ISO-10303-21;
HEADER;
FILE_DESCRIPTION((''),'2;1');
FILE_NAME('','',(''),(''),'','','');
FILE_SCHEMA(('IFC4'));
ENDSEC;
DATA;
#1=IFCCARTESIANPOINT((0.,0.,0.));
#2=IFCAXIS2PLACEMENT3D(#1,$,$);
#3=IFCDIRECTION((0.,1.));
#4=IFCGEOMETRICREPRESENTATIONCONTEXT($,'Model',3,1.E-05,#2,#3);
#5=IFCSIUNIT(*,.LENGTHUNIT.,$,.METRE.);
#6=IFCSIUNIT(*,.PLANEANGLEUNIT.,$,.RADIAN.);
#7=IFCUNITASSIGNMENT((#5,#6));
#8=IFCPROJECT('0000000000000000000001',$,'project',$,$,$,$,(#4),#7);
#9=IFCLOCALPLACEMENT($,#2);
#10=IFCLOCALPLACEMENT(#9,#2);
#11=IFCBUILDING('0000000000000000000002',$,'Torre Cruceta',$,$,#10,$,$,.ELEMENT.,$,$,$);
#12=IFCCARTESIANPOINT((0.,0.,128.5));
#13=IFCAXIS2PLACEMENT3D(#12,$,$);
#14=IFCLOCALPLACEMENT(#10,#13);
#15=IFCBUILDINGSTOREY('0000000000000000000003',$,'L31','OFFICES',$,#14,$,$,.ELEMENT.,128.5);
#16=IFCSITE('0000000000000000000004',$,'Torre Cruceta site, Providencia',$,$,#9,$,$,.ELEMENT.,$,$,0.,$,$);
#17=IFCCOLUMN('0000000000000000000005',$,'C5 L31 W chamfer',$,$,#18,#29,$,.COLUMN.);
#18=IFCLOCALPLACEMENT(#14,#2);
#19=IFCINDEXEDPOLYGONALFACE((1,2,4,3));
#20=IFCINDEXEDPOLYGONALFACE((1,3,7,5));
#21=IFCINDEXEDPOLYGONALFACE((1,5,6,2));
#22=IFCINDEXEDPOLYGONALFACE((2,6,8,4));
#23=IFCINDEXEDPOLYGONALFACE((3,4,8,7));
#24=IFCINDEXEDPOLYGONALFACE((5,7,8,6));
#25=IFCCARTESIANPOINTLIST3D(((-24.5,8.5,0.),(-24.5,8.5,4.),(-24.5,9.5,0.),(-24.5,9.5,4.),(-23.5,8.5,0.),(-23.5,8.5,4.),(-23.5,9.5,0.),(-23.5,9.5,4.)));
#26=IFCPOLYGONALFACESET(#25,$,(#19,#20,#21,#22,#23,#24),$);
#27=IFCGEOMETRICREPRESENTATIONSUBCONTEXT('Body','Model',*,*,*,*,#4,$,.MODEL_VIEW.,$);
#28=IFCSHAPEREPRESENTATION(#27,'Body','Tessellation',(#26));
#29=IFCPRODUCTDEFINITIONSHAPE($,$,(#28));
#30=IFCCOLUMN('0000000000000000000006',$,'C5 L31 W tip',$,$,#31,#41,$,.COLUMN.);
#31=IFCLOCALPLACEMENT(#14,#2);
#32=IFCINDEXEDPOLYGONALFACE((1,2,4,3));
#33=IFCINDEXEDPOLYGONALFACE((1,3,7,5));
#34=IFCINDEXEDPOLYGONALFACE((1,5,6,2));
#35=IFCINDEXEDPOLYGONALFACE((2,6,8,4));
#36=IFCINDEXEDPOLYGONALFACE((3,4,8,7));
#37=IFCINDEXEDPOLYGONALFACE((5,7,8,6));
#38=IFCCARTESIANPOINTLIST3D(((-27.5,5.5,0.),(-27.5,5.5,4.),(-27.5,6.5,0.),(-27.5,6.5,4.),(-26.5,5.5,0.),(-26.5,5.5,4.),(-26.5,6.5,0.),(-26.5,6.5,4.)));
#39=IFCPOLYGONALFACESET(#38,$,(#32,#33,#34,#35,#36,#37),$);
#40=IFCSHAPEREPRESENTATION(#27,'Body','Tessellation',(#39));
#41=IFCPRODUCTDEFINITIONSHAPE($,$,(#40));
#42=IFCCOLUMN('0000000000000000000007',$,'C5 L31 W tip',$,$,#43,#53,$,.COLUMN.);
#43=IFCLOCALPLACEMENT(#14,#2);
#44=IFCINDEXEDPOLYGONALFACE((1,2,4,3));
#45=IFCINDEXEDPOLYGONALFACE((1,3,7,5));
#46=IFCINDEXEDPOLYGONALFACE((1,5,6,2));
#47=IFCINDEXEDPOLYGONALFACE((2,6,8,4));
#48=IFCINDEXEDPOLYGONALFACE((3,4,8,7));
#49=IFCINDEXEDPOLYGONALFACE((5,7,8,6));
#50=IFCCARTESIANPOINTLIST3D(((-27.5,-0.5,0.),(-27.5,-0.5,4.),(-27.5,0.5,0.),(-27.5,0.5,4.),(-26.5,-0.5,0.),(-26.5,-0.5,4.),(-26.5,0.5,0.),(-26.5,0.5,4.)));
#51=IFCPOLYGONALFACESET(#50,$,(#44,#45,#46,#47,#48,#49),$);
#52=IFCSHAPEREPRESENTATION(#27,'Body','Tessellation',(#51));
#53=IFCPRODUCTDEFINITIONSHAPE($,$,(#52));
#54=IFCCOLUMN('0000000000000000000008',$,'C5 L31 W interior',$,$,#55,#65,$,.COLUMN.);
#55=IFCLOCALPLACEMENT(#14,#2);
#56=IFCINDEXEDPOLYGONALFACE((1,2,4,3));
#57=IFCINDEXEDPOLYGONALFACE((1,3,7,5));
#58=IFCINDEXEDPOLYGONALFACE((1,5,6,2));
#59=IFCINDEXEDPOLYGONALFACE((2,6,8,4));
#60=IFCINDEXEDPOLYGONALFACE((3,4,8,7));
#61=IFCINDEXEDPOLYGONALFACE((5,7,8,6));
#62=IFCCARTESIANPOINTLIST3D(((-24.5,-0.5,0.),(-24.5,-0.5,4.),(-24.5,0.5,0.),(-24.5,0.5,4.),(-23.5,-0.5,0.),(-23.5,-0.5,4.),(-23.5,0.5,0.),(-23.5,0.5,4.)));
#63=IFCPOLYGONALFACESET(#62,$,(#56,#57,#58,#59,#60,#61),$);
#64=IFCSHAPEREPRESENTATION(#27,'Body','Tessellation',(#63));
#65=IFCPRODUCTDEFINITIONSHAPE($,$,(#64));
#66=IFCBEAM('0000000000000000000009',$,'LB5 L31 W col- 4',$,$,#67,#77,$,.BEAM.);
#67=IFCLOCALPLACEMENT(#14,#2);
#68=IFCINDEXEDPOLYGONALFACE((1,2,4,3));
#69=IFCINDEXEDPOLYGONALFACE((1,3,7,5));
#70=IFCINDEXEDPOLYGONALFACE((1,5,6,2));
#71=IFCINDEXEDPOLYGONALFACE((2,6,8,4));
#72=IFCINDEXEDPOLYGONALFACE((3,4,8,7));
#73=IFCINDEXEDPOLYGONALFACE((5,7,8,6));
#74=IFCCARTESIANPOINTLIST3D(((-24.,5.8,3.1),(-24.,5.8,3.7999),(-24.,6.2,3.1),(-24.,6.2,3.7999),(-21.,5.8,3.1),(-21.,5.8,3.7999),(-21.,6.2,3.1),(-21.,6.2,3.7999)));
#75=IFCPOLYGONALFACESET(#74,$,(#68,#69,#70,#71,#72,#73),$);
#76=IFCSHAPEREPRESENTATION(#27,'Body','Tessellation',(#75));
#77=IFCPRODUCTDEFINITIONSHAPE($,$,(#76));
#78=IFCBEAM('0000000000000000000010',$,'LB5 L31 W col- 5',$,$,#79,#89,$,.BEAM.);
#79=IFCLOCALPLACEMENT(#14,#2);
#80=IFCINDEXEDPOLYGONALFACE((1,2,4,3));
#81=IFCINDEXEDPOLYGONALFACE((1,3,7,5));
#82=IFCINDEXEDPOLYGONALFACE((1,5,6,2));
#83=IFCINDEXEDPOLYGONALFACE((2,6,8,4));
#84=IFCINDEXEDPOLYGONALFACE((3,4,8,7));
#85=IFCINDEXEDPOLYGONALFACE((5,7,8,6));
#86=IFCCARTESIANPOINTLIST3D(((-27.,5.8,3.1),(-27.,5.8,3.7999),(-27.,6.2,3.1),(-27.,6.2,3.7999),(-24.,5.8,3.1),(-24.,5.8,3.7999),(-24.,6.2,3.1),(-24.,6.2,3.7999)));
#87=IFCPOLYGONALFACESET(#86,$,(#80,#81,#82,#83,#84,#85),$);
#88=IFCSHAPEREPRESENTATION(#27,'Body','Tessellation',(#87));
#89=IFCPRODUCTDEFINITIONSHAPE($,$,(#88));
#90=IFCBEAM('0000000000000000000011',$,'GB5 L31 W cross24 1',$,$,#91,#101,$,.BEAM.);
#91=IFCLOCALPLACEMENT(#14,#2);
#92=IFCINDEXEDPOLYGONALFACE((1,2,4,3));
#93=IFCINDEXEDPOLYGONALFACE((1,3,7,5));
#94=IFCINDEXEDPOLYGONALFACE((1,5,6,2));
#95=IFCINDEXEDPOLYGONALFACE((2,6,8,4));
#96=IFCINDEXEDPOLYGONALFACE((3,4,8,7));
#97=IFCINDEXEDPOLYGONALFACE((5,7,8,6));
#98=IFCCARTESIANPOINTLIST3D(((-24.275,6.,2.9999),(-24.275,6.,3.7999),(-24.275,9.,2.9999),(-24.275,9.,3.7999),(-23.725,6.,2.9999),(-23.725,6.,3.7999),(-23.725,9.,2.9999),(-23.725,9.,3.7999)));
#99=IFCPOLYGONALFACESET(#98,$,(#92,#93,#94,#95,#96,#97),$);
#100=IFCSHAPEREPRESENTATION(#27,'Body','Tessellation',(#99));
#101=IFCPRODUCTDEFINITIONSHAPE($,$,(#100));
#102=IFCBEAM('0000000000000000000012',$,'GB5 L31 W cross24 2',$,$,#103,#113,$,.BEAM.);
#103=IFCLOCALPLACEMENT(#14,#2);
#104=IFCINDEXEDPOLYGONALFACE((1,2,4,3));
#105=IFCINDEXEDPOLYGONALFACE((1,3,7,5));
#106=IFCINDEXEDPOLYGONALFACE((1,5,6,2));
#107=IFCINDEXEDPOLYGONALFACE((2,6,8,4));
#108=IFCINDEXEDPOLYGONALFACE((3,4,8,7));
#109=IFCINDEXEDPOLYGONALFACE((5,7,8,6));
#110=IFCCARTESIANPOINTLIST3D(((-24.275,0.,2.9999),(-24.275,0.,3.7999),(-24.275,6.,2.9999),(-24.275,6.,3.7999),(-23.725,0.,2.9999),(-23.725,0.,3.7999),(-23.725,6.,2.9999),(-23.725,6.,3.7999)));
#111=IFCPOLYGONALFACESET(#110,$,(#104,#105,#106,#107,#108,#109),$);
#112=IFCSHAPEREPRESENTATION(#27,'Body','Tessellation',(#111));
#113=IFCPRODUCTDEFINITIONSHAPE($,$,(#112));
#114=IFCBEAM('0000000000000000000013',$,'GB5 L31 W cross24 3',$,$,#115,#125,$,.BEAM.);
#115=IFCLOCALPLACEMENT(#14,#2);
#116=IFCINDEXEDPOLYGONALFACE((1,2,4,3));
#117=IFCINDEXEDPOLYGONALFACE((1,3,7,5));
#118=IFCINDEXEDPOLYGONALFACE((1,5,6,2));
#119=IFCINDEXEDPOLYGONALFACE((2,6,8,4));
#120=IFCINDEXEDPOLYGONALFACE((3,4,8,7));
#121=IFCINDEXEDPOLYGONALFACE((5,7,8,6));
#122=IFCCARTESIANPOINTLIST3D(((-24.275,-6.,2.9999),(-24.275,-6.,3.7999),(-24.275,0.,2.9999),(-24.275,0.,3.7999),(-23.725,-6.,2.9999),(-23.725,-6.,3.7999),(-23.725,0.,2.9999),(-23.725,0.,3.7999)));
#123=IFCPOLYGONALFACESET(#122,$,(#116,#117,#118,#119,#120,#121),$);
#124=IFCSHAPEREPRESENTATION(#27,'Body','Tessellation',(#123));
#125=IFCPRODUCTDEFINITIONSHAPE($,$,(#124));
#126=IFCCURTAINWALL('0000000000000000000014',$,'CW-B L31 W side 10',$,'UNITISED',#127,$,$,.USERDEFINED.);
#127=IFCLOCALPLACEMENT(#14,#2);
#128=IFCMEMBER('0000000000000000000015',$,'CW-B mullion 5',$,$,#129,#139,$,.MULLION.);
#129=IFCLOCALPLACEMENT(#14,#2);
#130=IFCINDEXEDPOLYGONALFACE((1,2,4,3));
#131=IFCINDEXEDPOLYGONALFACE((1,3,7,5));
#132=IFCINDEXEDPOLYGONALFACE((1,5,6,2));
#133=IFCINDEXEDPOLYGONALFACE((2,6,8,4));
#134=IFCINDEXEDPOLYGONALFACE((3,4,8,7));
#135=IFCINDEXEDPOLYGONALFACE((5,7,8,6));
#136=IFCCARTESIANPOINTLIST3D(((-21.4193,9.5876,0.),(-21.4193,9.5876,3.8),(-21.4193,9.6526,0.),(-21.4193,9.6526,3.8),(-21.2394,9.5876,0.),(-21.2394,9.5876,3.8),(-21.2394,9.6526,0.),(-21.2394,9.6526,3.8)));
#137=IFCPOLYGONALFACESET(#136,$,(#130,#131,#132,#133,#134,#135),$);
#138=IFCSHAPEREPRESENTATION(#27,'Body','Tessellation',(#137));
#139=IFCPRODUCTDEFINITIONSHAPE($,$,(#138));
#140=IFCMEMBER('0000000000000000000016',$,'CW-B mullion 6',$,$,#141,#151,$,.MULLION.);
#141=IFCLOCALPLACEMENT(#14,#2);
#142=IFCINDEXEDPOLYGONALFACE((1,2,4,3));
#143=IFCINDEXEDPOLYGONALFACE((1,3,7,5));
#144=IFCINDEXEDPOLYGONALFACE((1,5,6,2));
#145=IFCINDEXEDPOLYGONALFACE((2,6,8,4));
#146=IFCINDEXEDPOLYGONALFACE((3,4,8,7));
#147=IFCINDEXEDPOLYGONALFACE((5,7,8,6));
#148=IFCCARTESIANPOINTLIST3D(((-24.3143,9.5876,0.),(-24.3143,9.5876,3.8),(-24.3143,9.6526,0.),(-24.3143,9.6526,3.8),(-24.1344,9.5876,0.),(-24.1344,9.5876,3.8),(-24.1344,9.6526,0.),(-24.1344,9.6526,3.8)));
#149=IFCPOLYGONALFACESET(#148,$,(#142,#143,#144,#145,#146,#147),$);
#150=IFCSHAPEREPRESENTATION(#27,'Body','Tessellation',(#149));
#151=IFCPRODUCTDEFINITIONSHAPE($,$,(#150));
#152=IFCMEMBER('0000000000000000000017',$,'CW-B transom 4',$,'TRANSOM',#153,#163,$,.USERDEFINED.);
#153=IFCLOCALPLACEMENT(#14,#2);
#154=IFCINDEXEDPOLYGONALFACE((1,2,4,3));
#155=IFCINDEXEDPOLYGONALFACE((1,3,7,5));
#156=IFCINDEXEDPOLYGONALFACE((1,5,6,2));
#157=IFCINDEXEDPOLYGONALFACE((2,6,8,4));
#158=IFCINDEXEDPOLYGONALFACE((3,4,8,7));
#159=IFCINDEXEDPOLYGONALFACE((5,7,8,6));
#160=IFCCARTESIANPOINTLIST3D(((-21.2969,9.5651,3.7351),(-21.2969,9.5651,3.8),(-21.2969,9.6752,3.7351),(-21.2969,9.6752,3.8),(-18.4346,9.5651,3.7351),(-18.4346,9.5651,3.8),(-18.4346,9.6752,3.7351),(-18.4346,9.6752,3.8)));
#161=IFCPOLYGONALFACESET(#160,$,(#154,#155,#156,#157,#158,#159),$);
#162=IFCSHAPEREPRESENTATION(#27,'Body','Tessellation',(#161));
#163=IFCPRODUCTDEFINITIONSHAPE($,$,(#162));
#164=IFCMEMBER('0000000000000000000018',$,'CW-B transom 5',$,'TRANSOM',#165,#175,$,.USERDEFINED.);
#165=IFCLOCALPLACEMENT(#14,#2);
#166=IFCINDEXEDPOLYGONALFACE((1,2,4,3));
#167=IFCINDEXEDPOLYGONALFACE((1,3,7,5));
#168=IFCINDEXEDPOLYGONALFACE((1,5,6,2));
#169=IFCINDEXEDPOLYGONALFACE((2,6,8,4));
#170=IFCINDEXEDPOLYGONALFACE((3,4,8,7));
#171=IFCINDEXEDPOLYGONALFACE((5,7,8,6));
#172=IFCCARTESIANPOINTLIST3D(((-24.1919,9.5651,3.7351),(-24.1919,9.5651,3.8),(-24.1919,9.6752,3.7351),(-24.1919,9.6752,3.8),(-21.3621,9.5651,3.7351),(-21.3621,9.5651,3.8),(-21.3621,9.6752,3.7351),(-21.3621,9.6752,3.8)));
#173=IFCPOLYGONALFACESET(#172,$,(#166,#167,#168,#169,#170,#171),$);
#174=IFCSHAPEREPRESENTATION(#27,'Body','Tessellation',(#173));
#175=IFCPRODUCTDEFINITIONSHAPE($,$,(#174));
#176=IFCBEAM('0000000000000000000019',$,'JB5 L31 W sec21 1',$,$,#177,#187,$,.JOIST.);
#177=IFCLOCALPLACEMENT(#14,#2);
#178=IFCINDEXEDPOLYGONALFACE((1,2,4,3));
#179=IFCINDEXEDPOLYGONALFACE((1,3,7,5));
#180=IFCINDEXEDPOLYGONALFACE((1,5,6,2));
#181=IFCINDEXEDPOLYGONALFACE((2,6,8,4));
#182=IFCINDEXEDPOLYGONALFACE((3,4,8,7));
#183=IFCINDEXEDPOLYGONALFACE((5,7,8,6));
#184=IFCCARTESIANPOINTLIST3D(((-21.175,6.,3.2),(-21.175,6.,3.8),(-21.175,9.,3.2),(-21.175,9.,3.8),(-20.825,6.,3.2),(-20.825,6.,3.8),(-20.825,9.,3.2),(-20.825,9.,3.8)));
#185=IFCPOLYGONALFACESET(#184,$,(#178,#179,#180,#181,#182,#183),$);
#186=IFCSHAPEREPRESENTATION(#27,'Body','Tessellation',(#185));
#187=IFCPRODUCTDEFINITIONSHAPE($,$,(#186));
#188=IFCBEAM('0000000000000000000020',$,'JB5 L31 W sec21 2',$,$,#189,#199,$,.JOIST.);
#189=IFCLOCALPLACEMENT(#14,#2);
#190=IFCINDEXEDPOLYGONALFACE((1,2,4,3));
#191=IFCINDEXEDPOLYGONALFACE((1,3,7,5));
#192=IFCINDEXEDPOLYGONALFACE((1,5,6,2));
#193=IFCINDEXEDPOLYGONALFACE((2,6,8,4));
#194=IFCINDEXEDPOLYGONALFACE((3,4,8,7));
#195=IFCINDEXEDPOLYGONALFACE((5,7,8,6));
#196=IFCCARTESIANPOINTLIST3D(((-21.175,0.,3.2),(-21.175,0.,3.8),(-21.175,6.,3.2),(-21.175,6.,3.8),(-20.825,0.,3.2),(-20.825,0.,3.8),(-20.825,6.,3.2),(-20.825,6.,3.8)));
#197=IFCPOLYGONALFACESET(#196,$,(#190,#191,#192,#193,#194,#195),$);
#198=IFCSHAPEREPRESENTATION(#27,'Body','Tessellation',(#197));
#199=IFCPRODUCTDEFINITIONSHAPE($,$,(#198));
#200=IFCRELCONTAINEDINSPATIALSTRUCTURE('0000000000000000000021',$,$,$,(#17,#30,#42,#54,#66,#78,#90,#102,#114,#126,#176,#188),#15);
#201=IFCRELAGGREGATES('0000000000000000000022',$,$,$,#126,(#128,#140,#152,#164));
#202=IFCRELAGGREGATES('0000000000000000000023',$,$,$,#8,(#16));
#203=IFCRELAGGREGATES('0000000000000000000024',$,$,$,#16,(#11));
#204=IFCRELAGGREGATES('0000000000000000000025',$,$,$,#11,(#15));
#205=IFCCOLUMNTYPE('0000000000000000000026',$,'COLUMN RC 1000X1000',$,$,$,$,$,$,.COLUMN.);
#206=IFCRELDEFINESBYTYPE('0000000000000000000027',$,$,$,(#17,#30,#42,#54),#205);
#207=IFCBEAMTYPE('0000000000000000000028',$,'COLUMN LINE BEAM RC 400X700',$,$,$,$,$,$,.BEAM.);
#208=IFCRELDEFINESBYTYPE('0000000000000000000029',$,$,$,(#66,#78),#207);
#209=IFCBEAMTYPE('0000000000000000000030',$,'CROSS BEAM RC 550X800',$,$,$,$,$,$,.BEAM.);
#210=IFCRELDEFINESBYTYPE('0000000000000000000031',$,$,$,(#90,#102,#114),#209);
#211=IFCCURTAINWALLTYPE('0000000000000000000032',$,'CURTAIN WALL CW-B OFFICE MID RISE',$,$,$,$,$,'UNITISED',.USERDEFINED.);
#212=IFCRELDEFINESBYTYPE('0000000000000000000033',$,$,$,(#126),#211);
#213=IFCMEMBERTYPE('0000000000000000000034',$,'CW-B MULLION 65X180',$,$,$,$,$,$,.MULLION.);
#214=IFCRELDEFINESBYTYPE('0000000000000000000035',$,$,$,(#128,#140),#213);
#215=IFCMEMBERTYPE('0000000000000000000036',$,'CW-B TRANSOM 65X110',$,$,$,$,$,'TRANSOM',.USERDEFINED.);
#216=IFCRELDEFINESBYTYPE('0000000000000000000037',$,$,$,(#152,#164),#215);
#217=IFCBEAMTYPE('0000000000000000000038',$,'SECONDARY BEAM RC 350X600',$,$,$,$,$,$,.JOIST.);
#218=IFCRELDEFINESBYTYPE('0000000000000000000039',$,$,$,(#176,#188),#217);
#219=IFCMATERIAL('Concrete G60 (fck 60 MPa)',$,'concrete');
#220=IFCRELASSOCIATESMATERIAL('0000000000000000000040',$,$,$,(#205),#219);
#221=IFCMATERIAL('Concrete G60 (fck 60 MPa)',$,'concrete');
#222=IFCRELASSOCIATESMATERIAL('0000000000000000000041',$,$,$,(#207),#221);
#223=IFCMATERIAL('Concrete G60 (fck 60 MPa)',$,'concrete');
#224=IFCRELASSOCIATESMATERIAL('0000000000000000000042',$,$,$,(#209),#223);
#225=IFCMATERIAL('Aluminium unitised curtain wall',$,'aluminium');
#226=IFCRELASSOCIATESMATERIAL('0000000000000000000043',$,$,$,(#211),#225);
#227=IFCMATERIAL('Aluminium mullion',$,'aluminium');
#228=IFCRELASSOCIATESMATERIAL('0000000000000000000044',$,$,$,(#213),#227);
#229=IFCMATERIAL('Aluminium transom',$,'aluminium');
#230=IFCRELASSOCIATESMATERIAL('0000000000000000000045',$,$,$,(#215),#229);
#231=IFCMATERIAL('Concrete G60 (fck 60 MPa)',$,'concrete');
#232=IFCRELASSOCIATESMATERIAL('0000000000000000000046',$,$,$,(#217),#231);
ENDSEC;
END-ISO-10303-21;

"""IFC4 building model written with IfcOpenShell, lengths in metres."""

from ifc_helpers import new_model, si_unit, direction, frame, origin, origin_2d, place, context, subcontext, project, spatial, rectangle, extrude, material, material_profile, profile_set, type_object, element, aggregate, save


model = new_model("IFC4")

# Units and contexts
model_context = context("Model", 3, precision=1e-05, world=origin(), true_north=direction((0.0, 1.0)))
body_context = subcontext(model_context, "Body", "Model", "MODEL_VIEW")
ifc_project = project(units=[si_unit("LENGTHUNIT", "METRE"), si_unit("PLANEANGLEUNIT", "RADIAN")], contexts=[model_context])

# Site, building, storey
site_placement = place(None, origin())
site = spatial("IfcSite", under=ifc_project, at=site_placement, Name="Torre Cruceta site, Providencia", CompositionType="ELEMENT", RefElevation=0.0)
building_placement = place(site_placement, origin())
building = spatial("IfcBuilding", under=site, at=building_placement, Name="Torre Cruceta", CompositionType="ELEMENT")
storey_placement = place(building_placement, frame((0.0, 0.0, 128.5)))
storey = spatial("IfcBuildingStorey", under=building, at=storey_placement, Name="L31", Description="OFFICES", CompositionType="ELEMENT", Elevation=128.5)

# Columns
ifc_material_1 = material(Name="Concrete G60 (fck 60 MPa)", Category="concrete")
ifc_material_profile_1 = material_profile(ifc_material_1, rectangle(XDim=1.0, YDim=1.0, at=origin_2d()), Name="RC 1000X1000")
ifc_profile_set_1 = profile_set([ifc_material_profile_1], Name="Concrete G60 (fck 60 MPa)")
column_type = type_object("IfcColumnType", Name="COLUMN RC 1000X1000", PredefinedType="COLUMN", material=ifc_profile_set_1)
for number, where, z_axis, x_axis, name in (
    (1, (-24.0, 9.0, 0.0), (0.0, 0.0, 1.0), (1.0, 0.0, 0.0), "C5 L31 W chamfer"),
    (2, (-27.0, 6.0, 0.0), (0.0, 0.0, 1.0), (1.0, 0.0, 0.0), "C5 L31 W tip"),
    (3, (-27.0, 0.0, 0.0), (0.0, 0.0, 1.0), (1.0, 0.0, 0.0), "C5 L31 W tip"),
    (4, (-24.0, 0.0, 0.0), (0.0, 0.0, 1.0), (1.0, 0.0, 0.0), "C5 L31 W interior"),
):
    element("IfcColumn", number, at=place(storey_placement, frame(where, z_axis=z_axis, x_axis=x_axis)), inside=storey, type_object=column_type, Name=name, PredefinedType="COLUMN", context=body_context, shape_type="SweptSolid", body=[
        extrude(rectangle(XDim=1.0, YDim=1.0, at=origin_2d()), origin(), (0.0, 0.0, 1.0), 4.0),
    ])

# Beams
ifc_material_2 = material(Name="Concrete G60 (fck 60 MPa)", Category="concrete")
ifc_material_profile_2 = material_profile(ifc_material_2, rectangle(XDim=0.3999, YDim=0.7, at=origin_2d()), Name="RC 400X700")
ifc_profile_set_2 = profile_set([ifc_material_profile_2], Name="Concrete G60 (fck 60 MPa)")
beam_type_1 = type_object("IfcBeamType", Name="COLUMN LINE BEAM RC 400X700", PredefinedType="BEAM", material=ifc_profile_set_2)
for number, where, z_axis, x_axis, name in (
    (5, (-21.0, 6.0, 3.45), (-1.0, 0.0, 0.0), (0.0, -1.0, 0.0), "LB5 L31 W col- 4"),
    (6, (-24.0, 6.0, 3.45), (-1.0, 0.0, 0.0), (0.0, -1.0, 0.0), "LB5 L31 W col- 5"),
):
    element("IfcBeam", number, at=place(storey_placement, frame(where, z_axis=z_axis, x_axis=x_axis)), inside=storey, type_object=beam_type_1, Name=name, PredefinedType="BEAM", context=body_context, shape_type="SweptSolid", body=[
        extrude(rectangle(XDim=0.3999, YDim=0.7, at=origin_2d()), origin(), (0.0, 0.0, 1.0), 3.0),
    ])
ifc_material_3 = material(Name="Concrete G60 (fck 60 MPa)", Category="concrete")
ifc_material_profile_3 = material_profile(ifc_material_3, rectangle(XDim=0.55, YDim=0.8, at=origin_2d()), Name="RC 550X800")
ifc_profile_set_3 = profile_set([ifc_material_profile_3], Name="Concrete G60 (fck 60 MPa)")
beam_type_2 = type_object("IfcBeamType", Name="CROSS BEAM RC 550X800", PredefinedType="BEAM", material=ifc_profile_set_3)
beam_1_placement = place(storey_placement, frame((-24.0, 9.0, 3.3999), z_axis=(0.0, -1.0, 0.0), x_axis=(1.0, 0.0, 0.0)))
element("IfcBeam", 7, at=beam_1_placement, inside=storey, type_object=beam_type_2, Name="GB5 L31 W cross24 1", PredefinedType="BEAM", context=body_context, shape_type="SweptSolid", body=[
    extrude(rectangle(XDim=0.55, YDim=0.8, at=origin_2d()), origin(), (0.0, 0.0, 1.0), 3.0),
])
for number, where, z_axis, x_axis, name in (
    (8, (-24.0, 6.0, 3.3999), (0.0, -1.0, 0.0), (1.0, 0.0, 0.0), "GB5 L31 W cross24 2"),
    (9, (-24.0, 0.0, 3.3999), (0.0, -1.0, 0.0), (1.0, 0.0, 0.0), "GB5 L31 W cross24 3"),
):
    element("IfcBeam", number, at=place(storey_placement, frame(where, z_axis=z_axis, x_axis=x_axis)), inside=storey, type_object=beam_type_2, Name=name, PredefinedType="BEAM", context=body_context, shape_type="SweptSolid", body=[
        extrude(rectangle(XDim=0.55, YDim=0.8, at=origin_2d()), origin(), (0.0, 0.0, 1.0), 6.0),
    ])

# Curtain wall, members
ifc_material_4 = material(Name="Aluminium unitised curtain wall", Category="aluminium")
curtain_wall_type = type_object("IfcCurtainWallType", Name="CURTAIN WALL CW-B OFFICE MID RISE", ElementType="UNITISED", PredefinedType="USERDEFINED", material=ifc_material_4)
curtain_wall_placement = place(storey_placement, origin())
curtain_wall = element("IfcCurtainWall", 10, at=curtain_wall_placement, inside=storey, type_object=curtain_wall_type, Name="CW-B L31 W side 10", ObjectType="UNITISED", PredefinedType="USERDEFINED")
ifc_material_5 = material(Name="Aluminium mullion", Category="aluminium")
ifc_material_profile_4 = material_profile(ifc_material_5, rectangle(XDim=0.0649, YDim=0.1799, at=origin_2d()), Name="AL 65X180")
ifc_profile_set_4 = profile_set([ifc_material_profile_4], Name="Aluminium mullion")
member_type_1 = type_object("IfcMemberType", Name="CW-B MULLION 65X180", PredefinedType="MULLION", material=ifc_profile_set_4)
member_1_placement = place(storey_placement, frame((-21.3293, 9.6201, 0.0), z_axis=(0.0, 0.0, 1.0), x_axis=(0.0, -1.0, 0.0)))
member_1 = element("IfcMember", 11, at=member_1_placement, type_object=member_type_1, Name="CW-B mullion 5", PredefinedType="MULLION", context=body_context, shape_type="SweptSolid", body=[
    extrude(rectangle(XDim=0.0649, YDim=0.1799, at=origin_2d()), origin(), (0.0, 0.0, 1.0), 3.8),
])
member_2_placement = place(storey_placement, frame((-24.2244, 9.6201, 0.0), z_axis=(0.0, 0.0, 1.0), x_axis=(0.0, -1.0, 0.0)))
member_2 = element("IfcMember", 12, at=member_2_placement, type_object=member_type_1, Name="CW-B mullion 6", PredefinedType="MULLION", context=body_context, shape_type="SweptSolid", body=[
    extrude(rectangle(XDim=0.0649, YDim=0.1799, at=origin_2d()), origin(), (0.0, 0.0, 1.0), 3.8),
])
ifc_material_6 = material(Name="Aluminium transom", Category="aluminium")
ifc_material_profile_5 = material_profile(ifc_material_6, rectangle(XDim=0.1101, YDim=0.0649, at=origin_2d()), Name="AL 110X65")
ifc_profile_set_5 = profile_set([ifc_material_profile_5], Name="Aluminium transom")
member_type_2 = type_object("IfcMemberType", Name="CW-B TRANSOM 65X110", ElementType="TRANSOM", PredefinedType="USERDEFINED", material=ifc_profile_set_5)
member_3_placement = place(storey_placement, frame((-18.4346, 9.6201, 3.7676), z_axis=(-1.0, 0.0, 0.0), x_axis=(0.0, -1.0, 0.0)))
member_3 = element("IfcMember", 13, at=member_3_placement, type_object=member_type_2, Name="CW-B transom 4", ObjectType="TRANSOM", PredefinedType="USERDEFINED", context=body_context, shape_type="SweptSolid", body=[
    extrude(rectangle(XDim=0.1101, YDim=0.0649, at=origin_2d()), origin(), (0.0, 0.0, 1.0), 2.8623),
])
member_4_placement = place(storey_placement, frame((-21.3621, 9.6201, 3.7676), z_axis=(-1.0, 0.0, 0.0), x_axis=(0.0, -1.0, 0.0)))
member_4 = element("IfcMember", 14, at=member_4_placement, type_object=member_type_2, Name="CW-B transom 5", ObjectType="TRANSOM", PredefinedType="USERDEFINED", context=body_context, shape_type="SweptSolid", body=[
    extrude(rectangle(XDim=0.1101, YDim=0.0649, at=origin_2d()), origin(), (0.0, 0.0, 1.0), 2.8298),
])

# Beams
ifc_material_7 = material(Name="Concrete G60 (fck 60 MPa)", Category="concrete")
ifc_material_profile_6 = material_profile(ifc_material_7, rectangle(XDim=0.3501, YDim=0.6001, at=origin_2d()), Name="RC 350X600")
ifc_profile_set_6 = profile_set([ifc_material_profile_6], Name="Concrete G60 (fck 60 MPa)")
beam_type_3 = type_object("IfcBeamType", Name="SECONDARY BEAM RC 350X600", PredefinedType="JOIST", material=ifc_profile_set_6)
beam_2_placement = place(storey_placement, frame((-21.0, 9.0, 3.5), z_axis=(0.0, -1.0, 0.0), x_axis=(1.0, 0.0, 0.0)))
element("IfcBeam", 15, at=beam_2_placement, inside=storey, type_object=beam_type_3, Name="JB5 L31 W sec21 1", PredefinedType="JOIST", context=body_context, shape_type="SweptSolid", body=[
    extrude(rectangle(XDim=0.3501, YDim=0.6001, at=origin_2d()), origin(), (0.0, 0.0, 1.0), 3.0),
])
for number, where, z_axis, x_axis, name in (
    (16, (-21.0, 6.0, 3.5), (0.0, -1.0, 0.0), (1.0, 0.0, 0.0), "JB5 L31 W sec21 2"),
):
    element("IfcBeam", number, at=place(storey_placement, frame(where, z_axis=z_axis, x_axis=x_axis)), inside=storey, type_object=beam_type_3, Name=name, PredefinedType="JOIST", context=body_context, shape_type="SweptSolid", body=[
        extrude(rectangle(XDim=0.3501, YDim=0.6001, at=origin_2d()), origin(), (0.0, 0.0, 1.0), 6.0),
    ])

aggregate(curtain_wall, [member_1, member_2, member_3, member_4])

save(model, "model.ifc")
